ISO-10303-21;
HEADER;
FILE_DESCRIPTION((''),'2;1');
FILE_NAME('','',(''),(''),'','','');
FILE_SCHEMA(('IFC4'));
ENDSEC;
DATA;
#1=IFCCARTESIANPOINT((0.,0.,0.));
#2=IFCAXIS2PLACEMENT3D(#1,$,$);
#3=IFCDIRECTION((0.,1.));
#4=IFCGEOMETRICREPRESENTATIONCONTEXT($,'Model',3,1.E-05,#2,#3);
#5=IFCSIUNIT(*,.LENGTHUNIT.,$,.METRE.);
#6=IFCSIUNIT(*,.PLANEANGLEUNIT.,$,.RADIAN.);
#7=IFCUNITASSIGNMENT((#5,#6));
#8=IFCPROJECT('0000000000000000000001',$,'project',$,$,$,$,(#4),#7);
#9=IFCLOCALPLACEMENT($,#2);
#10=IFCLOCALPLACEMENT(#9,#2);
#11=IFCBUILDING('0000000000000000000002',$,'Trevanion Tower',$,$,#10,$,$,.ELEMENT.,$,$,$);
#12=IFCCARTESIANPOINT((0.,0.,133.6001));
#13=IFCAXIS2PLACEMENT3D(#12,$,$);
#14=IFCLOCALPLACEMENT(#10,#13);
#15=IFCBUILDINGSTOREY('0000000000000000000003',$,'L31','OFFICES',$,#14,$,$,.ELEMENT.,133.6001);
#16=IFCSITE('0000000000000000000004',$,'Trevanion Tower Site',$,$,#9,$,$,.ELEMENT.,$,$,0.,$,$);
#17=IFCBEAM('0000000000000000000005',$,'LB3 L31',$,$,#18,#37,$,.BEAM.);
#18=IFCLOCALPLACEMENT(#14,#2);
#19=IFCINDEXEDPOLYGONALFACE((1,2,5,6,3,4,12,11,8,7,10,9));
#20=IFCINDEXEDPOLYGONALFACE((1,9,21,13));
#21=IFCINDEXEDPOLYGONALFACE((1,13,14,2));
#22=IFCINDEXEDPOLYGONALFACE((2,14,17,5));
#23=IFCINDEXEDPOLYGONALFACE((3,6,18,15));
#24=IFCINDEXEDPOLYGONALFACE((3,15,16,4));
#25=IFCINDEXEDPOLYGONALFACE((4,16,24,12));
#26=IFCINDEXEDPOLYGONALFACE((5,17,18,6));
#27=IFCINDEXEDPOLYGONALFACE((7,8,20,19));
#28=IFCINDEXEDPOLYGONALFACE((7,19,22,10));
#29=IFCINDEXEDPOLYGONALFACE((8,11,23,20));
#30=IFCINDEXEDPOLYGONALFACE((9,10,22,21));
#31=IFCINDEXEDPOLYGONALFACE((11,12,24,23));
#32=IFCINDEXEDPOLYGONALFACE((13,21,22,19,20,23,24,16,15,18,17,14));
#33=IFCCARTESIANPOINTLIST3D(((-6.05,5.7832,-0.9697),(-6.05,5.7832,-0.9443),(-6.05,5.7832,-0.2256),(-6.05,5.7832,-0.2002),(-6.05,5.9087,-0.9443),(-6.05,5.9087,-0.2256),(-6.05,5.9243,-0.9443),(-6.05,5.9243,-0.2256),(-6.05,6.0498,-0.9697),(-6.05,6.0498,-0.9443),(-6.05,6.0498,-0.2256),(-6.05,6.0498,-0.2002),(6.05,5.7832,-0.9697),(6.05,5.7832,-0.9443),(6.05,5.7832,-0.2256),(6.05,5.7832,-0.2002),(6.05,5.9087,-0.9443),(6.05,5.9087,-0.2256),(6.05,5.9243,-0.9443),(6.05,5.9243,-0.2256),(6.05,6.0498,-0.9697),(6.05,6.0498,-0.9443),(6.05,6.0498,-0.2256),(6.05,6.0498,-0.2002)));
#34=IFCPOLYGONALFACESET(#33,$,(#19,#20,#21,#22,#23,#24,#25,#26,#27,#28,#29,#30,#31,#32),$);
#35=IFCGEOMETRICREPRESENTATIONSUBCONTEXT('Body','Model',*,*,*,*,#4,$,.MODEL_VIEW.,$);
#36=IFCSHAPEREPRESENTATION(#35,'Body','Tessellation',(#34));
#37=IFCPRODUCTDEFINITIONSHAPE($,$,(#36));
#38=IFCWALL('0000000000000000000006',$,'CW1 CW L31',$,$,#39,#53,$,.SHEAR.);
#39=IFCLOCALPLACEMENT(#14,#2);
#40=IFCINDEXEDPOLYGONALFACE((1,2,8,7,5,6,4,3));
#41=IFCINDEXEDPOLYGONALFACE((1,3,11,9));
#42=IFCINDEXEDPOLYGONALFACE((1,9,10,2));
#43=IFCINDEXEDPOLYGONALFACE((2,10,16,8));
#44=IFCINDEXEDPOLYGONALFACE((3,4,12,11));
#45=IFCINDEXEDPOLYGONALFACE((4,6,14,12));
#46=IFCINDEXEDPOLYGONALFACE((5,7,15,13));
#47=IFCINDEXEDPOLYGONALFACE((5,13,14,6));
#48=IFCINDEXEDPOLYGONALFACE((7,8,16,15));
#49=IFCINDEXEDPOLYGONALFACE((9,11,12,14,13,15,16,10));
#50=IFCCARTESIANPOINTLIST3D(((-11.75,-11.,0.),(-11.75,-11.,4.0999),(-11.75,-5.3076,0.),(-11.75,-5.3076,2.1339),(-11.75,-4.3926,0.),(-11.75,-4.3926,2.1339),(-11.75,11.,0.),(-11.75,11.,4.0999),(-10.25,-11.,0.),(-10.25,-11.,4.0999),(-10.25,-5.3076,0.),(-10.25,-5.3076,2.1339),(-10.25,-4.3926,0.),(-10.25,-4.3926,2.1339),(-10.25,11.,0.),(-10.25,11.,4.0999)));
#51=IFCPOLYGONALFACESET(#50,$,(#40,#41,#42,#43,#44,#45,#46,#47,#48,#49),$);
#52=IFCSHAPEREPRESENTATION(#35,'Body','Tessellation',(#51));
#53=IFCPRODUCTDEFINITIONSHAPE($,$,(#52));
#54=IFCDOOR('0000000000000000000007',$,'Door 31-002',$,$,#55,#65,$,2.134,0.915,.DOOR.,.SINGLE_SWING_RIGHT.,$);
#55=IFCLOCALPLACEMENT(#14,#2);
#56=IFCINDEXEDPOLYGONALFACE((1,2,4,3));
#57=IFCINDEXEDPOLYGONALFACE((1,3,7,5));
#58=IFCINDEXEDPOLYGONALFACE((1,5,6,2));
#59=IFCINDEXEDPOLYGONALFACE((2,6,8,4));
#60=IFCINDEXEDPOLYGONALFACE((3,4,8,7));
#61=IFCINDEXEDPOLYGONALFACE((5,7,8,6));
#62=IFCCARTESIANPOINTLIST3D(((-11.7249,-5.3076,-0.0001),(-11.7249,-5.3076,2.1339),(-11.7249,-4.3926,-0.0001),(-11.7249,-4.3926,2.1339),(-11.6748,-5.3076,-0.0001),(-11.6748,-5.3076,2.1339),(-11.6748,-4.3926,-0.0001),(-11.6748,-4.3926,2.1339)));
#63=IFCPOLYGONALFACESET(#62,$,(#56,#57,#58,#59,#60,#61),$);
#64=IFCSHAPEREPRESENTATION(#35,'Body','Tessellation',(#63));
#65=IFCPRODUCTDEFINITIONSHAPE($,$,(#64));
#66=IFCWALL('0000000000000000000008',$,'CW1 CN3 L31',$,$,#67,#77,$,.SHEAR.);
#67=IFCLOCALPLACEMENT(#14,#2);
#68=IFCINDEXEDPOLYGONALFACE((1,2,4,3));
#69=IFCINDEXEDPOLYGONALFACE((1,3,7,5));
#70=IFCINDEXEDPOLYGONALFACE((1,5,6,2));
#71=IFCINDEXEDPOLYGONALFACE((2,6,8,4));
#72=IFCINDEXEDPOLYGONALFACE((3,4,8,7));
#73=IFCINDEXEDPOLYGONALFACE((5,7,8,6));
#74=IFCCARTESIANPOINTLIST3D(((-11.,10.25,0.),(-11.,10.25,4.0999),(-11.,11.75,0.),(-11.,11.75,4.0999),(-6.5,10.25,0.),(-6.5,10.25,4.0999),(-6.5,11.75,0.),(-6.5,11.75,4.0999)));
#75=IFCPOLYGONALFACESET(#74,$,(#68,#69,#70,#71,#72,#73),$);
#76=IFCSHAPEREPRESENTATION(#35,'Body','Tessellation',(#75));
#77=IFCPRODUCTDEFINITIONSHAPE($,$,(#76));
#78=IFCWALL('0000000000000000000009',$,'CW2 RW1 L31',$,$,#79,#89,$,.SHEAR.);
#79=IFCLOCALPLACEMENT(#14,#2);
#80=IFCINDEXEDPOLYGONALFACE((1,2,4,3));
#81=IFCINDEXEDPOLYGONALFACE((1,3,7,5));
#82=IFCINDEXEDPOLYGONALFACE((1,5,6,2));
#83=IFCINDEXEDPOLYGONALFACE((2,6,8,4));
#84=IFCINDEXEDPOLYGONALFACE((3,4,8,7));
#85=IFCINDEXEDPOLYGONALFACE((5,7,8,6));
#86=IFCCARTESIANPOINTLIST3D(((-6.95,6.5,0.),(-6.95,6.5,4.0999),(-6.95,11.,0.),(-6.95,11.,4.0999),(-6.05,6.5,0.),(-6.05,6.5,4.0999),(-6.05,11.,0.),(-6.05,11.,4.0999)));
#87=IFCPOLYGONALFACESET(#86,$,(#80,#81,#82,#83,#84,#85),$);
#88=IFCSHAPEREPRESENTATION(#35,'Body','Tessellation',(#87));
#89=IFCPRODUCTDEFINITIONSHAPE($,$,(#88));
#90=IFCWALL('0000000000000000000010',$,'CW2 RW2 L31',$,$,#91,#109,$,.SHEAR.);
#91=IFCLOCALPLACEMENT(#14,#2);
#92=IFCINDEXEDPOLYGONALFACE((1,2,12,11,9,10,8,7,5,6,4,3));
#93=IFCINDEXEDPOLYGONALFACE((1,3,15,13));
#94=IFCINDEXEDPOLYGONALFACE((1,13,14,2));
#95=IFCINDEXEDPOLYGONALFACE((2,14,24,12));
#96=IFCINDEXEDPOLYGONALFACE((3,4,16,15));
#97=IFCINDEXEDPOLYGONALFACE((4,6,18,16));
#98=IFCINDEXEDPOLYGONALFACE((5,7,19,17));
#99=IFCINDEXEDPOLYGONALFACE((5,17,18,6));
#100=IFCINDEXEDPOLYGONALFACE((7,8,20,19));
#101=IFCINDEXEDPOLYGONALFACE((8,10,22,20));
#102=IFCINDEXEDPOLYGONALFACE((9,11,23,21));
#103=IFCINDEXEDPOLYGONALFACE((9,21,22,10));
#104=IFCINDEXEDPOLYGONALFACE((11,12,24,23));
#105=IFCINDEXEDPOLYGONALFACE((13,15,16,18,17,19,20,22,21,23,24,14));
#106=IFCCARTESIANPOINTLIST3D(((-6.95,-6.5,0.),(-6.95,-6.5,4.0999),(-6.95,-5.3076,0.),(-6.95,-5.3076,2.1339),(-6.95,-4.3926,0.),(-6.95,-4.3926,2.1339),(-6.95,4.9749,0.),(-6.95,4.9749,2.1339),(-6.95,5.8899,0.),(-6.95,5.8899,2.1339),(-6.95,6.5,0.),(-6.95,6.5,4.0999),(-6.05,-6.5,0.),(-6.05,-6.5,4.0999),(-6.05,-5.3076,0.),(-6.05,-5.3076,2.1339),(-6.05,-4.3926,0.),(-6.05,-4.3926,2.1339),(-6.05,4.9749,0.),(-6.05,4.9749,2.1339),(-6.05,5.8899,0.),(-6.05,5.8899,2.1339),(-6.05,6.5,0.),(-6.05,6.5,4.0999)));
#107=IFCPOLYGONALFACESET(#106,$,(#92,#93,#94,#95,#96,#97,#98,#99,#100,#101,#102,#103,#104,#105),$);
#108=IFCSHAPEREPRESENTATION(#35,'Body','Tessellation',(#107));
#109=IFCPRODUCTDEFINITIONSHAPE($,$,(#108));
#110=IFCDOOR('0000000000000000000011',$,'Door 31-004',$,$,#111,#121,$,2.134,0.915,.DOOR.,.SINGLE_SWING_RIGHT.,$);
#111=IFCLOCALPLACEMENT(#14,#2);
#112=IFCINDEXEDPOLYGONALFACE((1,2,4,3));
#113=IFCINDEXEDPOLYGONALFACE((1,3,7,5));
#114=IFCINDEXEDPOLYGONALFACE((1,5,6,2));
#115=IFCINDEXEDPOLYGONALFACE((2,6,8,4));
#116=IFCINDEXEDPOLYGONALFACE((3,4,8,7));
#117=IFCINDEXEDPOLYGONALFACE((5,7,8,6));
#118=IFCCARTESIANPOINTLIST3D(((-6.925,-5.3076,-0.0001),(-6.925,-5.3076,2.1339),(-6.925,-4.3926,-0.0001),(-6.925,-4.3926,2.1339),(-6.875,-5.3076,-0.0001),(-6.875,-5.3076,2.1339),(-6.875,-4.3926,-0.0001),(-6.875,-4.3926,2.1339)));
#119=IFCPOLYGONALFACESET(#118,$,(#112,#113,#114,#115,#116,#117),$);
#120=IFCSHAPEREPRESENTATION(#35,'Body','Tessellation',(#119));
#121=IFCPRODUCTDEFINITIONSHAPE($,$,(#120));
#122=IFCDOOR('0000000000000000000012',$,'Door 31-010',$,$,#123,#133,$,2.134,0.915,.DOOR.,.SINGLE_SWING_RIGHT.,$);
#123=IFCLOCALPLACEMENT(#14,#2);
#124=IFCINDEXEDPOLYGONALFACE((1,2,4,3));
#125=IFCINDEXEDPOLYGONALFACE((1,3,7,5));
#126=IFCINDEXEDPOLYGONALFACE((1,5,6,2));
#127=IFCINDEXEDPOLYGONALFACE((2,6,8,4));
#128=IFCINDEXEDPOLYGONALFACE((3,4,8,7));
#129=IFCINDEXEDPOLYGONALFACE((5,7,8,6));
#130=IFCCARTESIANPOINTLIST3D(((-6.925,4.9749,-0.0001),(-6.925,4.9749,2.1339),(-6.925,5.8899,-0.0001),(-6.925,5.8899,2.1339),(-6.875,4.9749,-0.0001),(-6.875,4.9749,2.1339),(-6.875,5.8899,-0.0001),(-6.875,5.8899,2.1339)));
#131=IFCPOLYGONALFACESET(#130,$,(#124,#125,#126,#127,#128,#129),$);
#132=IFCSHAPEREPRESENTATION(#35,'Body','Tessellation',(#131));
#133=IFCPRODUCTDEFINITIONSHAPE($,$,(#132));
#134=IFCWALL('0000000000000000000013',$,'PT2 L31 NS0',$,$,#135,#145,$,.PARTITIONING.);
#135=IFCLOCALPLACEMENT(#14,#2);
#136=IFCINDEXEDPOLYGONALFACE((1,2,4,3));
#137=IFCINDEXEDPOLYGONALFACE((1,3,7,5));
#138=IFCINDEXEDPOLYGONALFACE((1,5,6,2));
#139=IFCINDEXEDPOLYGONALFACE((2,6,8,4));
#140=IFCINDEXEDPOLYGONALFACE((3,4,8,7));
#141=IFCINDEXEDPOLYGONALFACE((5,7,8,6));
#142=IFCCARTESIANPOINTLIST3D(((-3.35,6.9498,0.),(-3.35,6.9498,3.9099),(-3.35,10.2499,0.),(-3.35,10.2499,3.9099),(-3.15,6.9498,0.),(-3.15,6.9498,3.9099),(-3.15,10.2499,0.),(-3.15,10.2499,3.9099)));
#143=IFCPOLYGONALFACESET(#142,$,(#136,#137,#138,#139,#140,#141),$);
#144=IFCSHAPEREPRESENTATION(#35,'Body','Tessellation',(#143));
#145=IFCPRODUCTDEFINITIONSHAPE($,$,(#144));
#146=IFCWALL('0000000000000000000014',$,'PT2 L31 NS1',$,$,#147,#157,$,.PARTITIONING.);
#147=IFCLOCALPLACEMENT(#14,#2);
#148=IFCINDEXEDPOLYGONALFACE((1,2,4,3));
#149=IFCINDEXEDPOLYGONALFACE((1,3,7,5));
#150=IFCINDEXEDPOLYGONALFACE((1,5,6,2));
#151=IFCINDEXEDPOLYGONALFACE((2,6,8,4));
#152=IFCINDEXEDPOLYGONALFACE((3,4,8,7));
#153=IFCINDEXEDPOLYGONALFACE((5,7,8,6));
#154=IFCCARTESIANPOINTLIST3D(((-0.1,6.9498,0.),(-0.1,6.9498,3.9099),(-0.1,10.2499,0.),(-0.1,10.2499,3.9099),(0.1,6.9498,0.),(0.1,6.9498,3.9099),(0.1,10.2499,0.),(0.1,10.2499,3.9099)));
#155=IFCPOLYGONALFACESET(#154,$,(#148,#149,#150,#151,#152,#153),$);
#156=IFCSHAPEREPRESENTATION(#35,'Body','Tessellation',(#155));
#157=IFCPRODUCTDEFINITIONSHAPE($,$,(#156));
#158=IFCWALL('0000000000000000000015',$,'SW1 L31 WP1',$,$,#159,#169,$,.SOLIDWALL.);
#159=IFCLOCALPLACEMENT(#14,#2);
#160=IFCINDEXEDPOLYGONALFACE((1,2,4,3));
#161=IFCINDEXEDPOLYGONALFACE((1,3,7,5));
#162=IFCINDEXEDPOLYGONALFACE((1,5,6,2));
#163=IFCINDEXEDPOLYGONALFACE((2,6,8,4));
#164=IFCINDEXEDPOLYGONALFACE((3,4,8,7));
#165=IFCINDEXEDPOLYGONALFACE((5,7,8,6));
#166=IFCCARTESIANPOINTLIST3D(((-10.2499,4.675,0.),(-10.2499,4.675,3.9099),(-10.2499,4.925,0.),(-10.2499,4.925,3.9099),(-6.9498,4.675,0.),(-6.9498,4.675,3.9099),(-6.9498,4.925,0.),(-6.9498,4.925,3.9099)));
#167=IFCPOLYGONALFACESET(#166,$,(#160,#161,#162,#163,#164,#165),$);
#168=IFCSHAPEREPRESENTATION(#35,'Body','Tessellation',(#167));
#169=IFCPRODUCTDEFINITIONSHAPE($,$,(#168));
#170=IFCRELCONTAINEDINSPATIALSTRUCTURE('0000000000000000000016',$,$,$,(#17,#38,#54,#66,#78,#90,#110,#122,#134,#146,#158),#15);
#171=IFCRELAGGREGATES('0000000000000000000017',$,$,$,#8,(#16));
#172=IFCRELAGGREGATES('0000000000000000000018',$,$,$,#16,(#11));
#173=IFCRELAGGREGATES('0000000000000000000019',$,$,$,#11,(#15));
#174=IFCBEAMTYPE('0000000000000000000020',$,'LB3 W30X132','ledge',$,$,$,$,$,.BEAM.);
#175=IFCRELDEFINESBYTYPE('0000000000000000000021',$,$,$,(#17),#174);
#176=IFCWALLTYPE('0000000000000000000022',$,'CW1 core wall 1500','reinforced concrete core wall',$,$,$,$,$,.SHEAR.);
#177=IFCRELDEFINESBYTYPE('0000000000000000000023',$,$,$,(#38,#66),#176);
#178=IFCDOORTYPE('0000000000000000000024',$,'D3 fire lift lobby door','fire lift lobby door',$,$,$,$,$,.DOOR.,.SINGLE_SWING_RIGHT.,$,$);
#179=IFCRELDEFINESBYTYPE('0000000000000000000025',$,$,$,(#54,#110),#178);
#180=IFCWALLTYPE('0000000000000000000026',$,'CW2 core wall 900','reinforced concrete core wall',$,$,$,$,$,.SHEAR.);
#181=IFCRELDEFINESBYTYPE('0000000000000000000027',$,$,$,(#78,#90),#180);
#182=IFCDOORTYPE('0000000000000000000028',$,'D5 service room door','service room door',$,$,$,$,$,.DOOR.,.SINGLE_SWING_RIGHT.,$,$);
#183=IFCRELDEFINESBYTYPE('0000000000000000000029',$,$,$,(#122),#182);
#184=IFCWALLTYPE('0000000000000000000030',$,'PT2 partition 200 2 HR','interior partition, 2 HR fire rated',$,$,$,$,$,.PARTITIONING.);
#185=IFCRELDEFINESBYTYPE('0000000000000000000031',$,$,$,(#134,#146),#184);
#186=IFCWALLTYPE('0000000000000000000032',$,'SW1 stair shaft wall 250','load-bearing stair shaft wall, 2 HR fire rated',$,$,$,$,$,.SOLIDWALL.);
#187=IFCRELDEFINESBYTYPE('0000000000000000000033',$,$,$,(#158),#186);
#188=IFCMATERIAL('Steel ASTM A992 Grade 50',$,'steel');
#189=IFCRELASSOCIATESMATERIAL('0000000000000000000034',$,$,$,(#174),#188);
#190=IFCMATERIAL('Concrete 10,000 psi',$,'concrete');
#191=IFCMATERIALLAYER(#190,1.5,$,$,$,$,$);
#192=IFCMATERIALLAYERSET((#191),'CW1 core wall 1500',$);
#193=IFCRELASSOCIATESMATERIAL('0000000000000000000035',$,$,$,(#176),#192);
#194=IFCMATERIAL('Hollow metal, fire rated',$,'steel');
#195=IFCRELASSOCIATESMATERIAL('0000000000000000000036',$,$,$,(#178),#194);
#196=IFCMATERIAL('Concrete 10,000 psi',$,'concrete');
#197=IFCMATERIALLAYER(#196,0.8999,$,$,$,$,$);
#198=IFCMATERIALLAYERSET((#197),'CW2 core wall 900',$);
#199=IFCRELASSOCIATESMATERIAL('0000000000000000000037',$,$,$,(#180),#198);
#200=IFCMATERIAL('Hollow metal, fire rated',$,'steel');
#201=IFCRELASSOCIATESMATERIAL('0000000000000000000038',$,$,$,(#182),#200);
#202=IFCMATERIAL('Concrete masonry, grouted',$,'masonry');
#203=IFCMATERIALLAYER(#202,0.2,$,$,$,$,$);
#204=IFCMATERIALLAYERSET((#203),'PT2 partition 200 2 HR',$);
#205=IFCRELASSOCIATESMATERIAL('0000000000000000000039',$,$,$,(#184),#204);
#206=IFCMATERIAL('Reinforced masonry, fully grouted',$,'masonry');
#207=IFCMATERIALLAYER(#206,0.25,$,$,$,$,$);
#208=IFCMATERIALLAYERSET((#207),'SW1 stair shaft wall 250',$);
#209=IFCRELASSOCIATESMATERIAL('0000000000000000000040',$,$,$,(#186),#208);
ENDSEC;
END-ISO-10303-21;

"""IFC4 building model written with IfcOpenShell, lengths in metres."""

from ifc_helpers import new_model, si_unit, direction, frame, frame_2d, origin, origin_2d, place, context, subcontext, project, spatial, rectangle, i_section, extrude, material, layer, layer_set, material_profile, profile_set, type_object, element, fill, save


model = new_model("IFC4")

# Units and contexts
model_context = context("Model", 3, precision=1e-05, world=origin(), true_north=direction((0.0, 1.0)))
body_context = subcontext(model_context, "Body", "Model", "MODEL_VIEW")
ifc_project = project(units=[si_unit("LENGTHUNIT", "METRE"), si_unit("PLANEANGLEUNIT", "RADIAN")], contexts=[model_context])

# Site, building, storey
site_placement = place(None, origin())
site = spatial("IfcSite", under=ifc_project, at=site_placement, Name="Trevanion Tower Site", CompositionType="ELEMENT", RefElevation=0.0)
building_placement = place(site_placement, origin())
building = spatial("IfcBuilding", under=site, at=building_placement, Name="Trevanion Tower", CompositionType="ELEMENT")
storey_placement = place(building_placement, frame((0.0, 0.0, 133.6001)))
storey = spatial("IfcBuildingStorey", under=building, at=storey_placement, Name="L31", Description="OFFICES", CompositionType="ELEMENT", Elevation=133.6001)

# Beam
ifc_material_1 = material(Name="Steel ASTM A992 Grade 50", Category="steel")
ifc_material_profile_1 = material_profile(ifc_material_1, i_section(OverallWidth=0.2666, OverallDepth=0.7695, WebThickness=0.0156, FlangeThickness=0.0254, at=origin_2d()), Name="W30X132")
ifc_profile_set_1 = profile_set([ifc_material_profile_1], Name="Steel ASTM A992 Grade 50")
beam_type_1 = type_object("IfcBeamType", Name="LB3 W30X132", Description="ledge", PredefinedType="BEAM", material=ifc_profile_set_1)
beam_1_placement = place(storey_placement, frame((-6.05, 5.9165, -0.585), z_axis=(1.0, 0.0, 0.0), x_axis=(0.0, 1.0, 0.0)))
element("IfcBeam", 1, at=beam_1_placement, inside=storey, type_object=beam_type_1, Name="LB3 L31", PredefinedType="BEAM", context=body_context, shape_type="SweptSolid", body=[
    extrude(i_section(OverallWidth=0.2666, OverallDepth=0.7695, WebThickness=0.0156, FlangeThickness=0.0254, at=origin_2d()), origin(), (0.0, 0.0, 1.0), 12.1001),
])

# Wall, opening, door
ifc_material_2 = material(Name="Concrete 10,000 psi", Category="concrete")
ifc_layer_1 = layer(ifc_material_2, 1.5)
ifc_layer_set_1 = layer_set([ifc_layer_1], Name="CW1 core wall 1500")
wall_type_1 = type_object("IfcWallType", Name="CW1 core wall 1500", Description="reinforced concrete core wall", PredefinedType="SHEAR", material=ifc_layer_set_1)
wall_1_placement = place(storey_placement, frame((-11.0, 11.0, 0.0), z_axis=(0.0, 0.0, 1.0), x_axis=(0.0, -1.0, 0.0)))
wall_1 = element("IfcWall", 2, at=wall_1_placement, inside=storey, type_object=wall_type_1, Name="CW1 CW L31", PredefinedType="SHEAR", context=body_context, shape_type="SweptSolid", body=[
    extrude(rectangle(XDim=22.0, YDim=1.5, at=frame_2d((11.0, 0.0))), origin(), (0.0, 0.0, 1.0), 4.0999),
])
opening_1_placement = place(wall_1_placement, frame((15.3926, 0.0, 0.0)))
opening_1 = element("IfcOpeningElement", 3, at=opening_1_placement, cuts=wall_1, PredefinedType="OPENING", context=body_context, shape_type="SweptSolid", body=[
    extrude(rectangle(XDim=0.915, YDim=2.134, at=frame_2d((0.4575, 1.0669))), frame((0.0, 0.76, 0.0), z_axis=(0.0, -1.0, 0.0), x_axis=(1.0, 0.0, 0.0)), (0.0, 0.0, 1.0), 1.52),
])
ifc_material_3 = material(Name="Hollow metal, fire rated", Category="steel")
door_type_1 = type_object("IfcDoorType", Name="D3 fire lift lobby door", Description="fire lift lobby door", OperationType="SINGLE_SWING_RIGHT", PredefinedType="DOOR", material=ifc_material_3)
door_1_placement = place(opening_1_placement, origin())
door_1 = element("IfcDoor", 4, at=door_1_placement, inside=storey, type_object=door_type_1, Name="Door 31-002", OperationType="SINGLE_SWING_RIGHT", OverallHeight=2.134, OverallWidth=0.915, PredefinedType="DOOR", context=body_context, shape_type="SweptSolid", body=[
    extrude(rectangle(XDim=0.915, YDim=2.134, at=frame_2d((0.4575, 1.0669))), frame((0.0, -0.6748, 0.0), z_axis=(0.0, -1.0, 0.0), x_axis=(1.0, 0.0, 0.0)), (0.0, 0.0, 1.0), 0.05),
])
fill(opening_1, door_1)

# Walls
wall_2_placement = place(storey_placement, frame((-6.5, 11.0, 0.0), z_axis=(0.0, 0.0, 1.0), x_axis=(-1.0, 0.0, 0.0)))
element("IfcWall", 5, at=wall_2_placement, inside=storey, type_object=wall_type_1, Name="CW1 CN3 L31", PredefinedType="SHEAR", context=body_context, shape_type="SweptSolid", body=[
    extrude(rectangle(XDim=4.5, YDim=1.5, at=frame_2d((2.25, 0.0))), origin(), (0.0, 0.0, 1.0), 4.0999),
])
ifc_material_4 = material(Name="Concrete 10,000 psi", Category="concrete")
ifc_layer_2 = layer(ifc_material_4, 0.8999)
ifc_layer_set_2 = layer_set([ifc_layer_2], Name="CW2 core wall 900")
wall_type_2 = type_object("IfcWallType", Name="CW2 core wall 900", Description="reinforced concrete core wall", PredefinedType="SHEAR", material=ifc_layer_set_2)
wall_3_placement = place(storey_placement, frame((-6.5, 11.0, 0.0), z_axis=(0.0, 0.0, 1.0), x_axis=(0.0, -1.0, 0.0)))
element("IfcWall", 6, at=wall_3_placement, inside=storey, type_object=wall_type_2, Name="CW2 RW1 L31", PredefinedType="SHEAR", context=body_context, shape_type="SweptSolid", body=[
    extrude(rectangle(XDim=4.5, YDim=0.8999, at=frame_2d((2.25, 0.0))), origin(), (0.0, 0.0, 1.0), 4.0999),
])

# Wall, openings, doors
wall_4_placement = place(storey_placement, frame((-6.5, 6.5, 0.0), z_axis=(0.0, 0.0, 1.0), x_axis=(0.0, -1.0, 0.0)))
wall_4 = element("IfcWall", 7, at=wall_4_placement, inside=storey, type_object=wall_type_2, Name="CW2 RW2 L31", PredefinedType="SHEAR", context=body_context, shape_type="SweptSolid", body=[
    extrude(rectangle(XDim=13.0, YDim=0.8999, at=frame_2d((6.5, 0.0))), origin(), (0.0, 0.0, 1.0), 4.0999),
])
opening_2_placement = place(wall_4_placement, frame((10.8926, 0.0, 0.0)))
opening_2 = element("IfcOpeningElement", 8, at=opening_2_placement, cuts=wall_4, PredefinedType="OPENING", context=body_context, shape_type="SweptSolid", body=[
    extrude(rectangle(XDim=0.915, YDim=2.134, at=frame_2d((0.4575, 1.0669))), frame((0.0, 0.46, 0.0), z_axis=(0.0, -1.0, 0.0), x_axis=(1.0, 0.0, 0.0)), (0.0, 0.0, 1.0), 0.9199),
])
opening_3_placement = place(wall_4_placement, frame((0.6101, 0.0, 0.0)))
opening_3 = element("IfcOpeningElement", 9, at=opening_3_placement, cuts=wall_4, PredefinedType="OPENING", context=body_context, shape_type="SweptSolid", body=[
    extrude(rectangle(XDim=0.915, YDim=2.134, at=frame_2d((0.4575, 1.0669))), frame((0.0, 0.46, 0.0), z_axis=(0.0, -1.0, 0.0), x_axis=(1.0, 0.0, 0.0)), (0.0, 0.0, 1.0), 0.9199),
])
door_2_placement = place(opening_2_placement, origin())
door_2 = element("IfcDoor", 10, at=door_2_placement, inside=storey, type_object=door_type_1, Name="Door 31-004", OperationType="SINGLE_SWING_RIGHT", OverallHeight=2.134, OverallWidth=0.915, PredefinedType="DOOR", context=body_context, shape_type="SweptSolid", body=[
    extrude(rectangle(XDim=0.915, YDim=2.134, at=frame_2d((0.4575, 1.0669))), frame((0.0, -0.375, 0.0), z_axis=(0.0, -1.0, 0.0), x_axis=(1.0, 0.0, 0.0)), (0.0, 0.0, 1.0), 0.05),
])
fill(opening_2, door_2)
ifc_material_5 = material(Name="Hollow metal, fire rated", Category="steel")
door_type_2 = type_object("IfcDoorType", Name="D5 service room door", Description="service room door", OperationType="SINGLE_SWING_RIGHT", PredefinedType="DOOR", material=ifc_material_5)
door_3_placement = place(opening_3_placement, origin())
door_3 = element("IfcDoor", 11, at=door_3_placement, inside=storey, type_object=door_type_2, Name="Door 31-010", OperationType="SINGLE_SWING_RIGHT", OverallHeight=2.134, OverallWidth=0.915, PredefinedType="DOOR", context=body_context, shape_type="SweptSolid", body=[
    extrude(rectangle(XDim=0.915, YDim=2.134, at=frame_2d((0.4575, 1.0669))), frame((0.0, -0.375, 0.0), z_axis=(0.0, -1.0, 0.0), x_axis=(1.0, 0.0, 0.0)), (0.0, 0.0, 1.0), 0.05),
])
fill(opening_3, door_3)

# Walls
ifc_material_6 = material(Name="Concrete masonry, grouted", Category="masonry")
ifc_layer_3 = layer(ifc_material_6, 0.2)
ifc_layer_set_3 = layer_set([ifc_layer_3], Name="PT2 partition 200 2 HR")
wall_type_3 = type_object("IfcWallType", Name="PT2 partition 200 2 HR", Description="interior partition, 2 HR fire rated", PredefinedType="PARTITIONING", material=ifc_layer_set_3)
for number, where, z_axis, x_axis, name in (
    (12, (-3.25, 6.95, 0.0), (0.0, 0.0, 1.0), (0.0, 1.0, 0.0), "PT2 L31 NS0"),
    (13, (0.0, 6.95, 0.0), (0.0, 0.0, 1.0), (0.0, 1.0, 0.0), "PT2 L31 NS1"),
):
    element("IfcWall", number, at=place(storey_placement, frame(where, z_axis=z_axis, x_axis=x_axis)), inside=storey, type_object=wall_type_3, Name=name, PredefinedType="PARTITIONING", context=body_context, shape_type="SweptSolid", body=[
        extrude(rectangle(XDim=3.3, YDim=0.2, at=frame_2d((1.6499, 0.0))), origin(), (0.0, 0.0, 1.0), 3.9099),
    ])
ifc_material_7 = material(Name="Reinforced masonry, fully grouted", Category="masonry")
ifc_layer_4 = layer(ifc_material_7, 0.25)
ifc_layer_set_4 = layer_set([ifc_layer_4], Name="SW1 stair shaft wall 250")
wall_type_4 = type_object("IfcWallType", Name="SW1 stair shaft wall 250", Description="load-bearing stair shaft wall, 2 HR fire rated", PredefinedType="SOLIDWALL", material=ifc_layer_set_4)
wall_5_placement = place(storey_placement, frame((-6.95, 4.8, 0.0), z_axis=(0.0, 0.0, 1.0), x_axis=(-1.0, 0.0, 0.0)))
element("IfcWall", 14, at=wall_5_placement, inside=storey, type_object=wall_type_4, Name="SW1 L31 WP1", PredefinedType="SOLIDWALL", context=body_context, shape_type="SweptSolid", body=[
    extrude(rectangle(XDim=3.3, YDim=0.25, at=frame_2d((1.6499, 0.0))), origin(), (0.0, 0.0, 1.0), 3.9099),
])

save(model, "model.ifc")
